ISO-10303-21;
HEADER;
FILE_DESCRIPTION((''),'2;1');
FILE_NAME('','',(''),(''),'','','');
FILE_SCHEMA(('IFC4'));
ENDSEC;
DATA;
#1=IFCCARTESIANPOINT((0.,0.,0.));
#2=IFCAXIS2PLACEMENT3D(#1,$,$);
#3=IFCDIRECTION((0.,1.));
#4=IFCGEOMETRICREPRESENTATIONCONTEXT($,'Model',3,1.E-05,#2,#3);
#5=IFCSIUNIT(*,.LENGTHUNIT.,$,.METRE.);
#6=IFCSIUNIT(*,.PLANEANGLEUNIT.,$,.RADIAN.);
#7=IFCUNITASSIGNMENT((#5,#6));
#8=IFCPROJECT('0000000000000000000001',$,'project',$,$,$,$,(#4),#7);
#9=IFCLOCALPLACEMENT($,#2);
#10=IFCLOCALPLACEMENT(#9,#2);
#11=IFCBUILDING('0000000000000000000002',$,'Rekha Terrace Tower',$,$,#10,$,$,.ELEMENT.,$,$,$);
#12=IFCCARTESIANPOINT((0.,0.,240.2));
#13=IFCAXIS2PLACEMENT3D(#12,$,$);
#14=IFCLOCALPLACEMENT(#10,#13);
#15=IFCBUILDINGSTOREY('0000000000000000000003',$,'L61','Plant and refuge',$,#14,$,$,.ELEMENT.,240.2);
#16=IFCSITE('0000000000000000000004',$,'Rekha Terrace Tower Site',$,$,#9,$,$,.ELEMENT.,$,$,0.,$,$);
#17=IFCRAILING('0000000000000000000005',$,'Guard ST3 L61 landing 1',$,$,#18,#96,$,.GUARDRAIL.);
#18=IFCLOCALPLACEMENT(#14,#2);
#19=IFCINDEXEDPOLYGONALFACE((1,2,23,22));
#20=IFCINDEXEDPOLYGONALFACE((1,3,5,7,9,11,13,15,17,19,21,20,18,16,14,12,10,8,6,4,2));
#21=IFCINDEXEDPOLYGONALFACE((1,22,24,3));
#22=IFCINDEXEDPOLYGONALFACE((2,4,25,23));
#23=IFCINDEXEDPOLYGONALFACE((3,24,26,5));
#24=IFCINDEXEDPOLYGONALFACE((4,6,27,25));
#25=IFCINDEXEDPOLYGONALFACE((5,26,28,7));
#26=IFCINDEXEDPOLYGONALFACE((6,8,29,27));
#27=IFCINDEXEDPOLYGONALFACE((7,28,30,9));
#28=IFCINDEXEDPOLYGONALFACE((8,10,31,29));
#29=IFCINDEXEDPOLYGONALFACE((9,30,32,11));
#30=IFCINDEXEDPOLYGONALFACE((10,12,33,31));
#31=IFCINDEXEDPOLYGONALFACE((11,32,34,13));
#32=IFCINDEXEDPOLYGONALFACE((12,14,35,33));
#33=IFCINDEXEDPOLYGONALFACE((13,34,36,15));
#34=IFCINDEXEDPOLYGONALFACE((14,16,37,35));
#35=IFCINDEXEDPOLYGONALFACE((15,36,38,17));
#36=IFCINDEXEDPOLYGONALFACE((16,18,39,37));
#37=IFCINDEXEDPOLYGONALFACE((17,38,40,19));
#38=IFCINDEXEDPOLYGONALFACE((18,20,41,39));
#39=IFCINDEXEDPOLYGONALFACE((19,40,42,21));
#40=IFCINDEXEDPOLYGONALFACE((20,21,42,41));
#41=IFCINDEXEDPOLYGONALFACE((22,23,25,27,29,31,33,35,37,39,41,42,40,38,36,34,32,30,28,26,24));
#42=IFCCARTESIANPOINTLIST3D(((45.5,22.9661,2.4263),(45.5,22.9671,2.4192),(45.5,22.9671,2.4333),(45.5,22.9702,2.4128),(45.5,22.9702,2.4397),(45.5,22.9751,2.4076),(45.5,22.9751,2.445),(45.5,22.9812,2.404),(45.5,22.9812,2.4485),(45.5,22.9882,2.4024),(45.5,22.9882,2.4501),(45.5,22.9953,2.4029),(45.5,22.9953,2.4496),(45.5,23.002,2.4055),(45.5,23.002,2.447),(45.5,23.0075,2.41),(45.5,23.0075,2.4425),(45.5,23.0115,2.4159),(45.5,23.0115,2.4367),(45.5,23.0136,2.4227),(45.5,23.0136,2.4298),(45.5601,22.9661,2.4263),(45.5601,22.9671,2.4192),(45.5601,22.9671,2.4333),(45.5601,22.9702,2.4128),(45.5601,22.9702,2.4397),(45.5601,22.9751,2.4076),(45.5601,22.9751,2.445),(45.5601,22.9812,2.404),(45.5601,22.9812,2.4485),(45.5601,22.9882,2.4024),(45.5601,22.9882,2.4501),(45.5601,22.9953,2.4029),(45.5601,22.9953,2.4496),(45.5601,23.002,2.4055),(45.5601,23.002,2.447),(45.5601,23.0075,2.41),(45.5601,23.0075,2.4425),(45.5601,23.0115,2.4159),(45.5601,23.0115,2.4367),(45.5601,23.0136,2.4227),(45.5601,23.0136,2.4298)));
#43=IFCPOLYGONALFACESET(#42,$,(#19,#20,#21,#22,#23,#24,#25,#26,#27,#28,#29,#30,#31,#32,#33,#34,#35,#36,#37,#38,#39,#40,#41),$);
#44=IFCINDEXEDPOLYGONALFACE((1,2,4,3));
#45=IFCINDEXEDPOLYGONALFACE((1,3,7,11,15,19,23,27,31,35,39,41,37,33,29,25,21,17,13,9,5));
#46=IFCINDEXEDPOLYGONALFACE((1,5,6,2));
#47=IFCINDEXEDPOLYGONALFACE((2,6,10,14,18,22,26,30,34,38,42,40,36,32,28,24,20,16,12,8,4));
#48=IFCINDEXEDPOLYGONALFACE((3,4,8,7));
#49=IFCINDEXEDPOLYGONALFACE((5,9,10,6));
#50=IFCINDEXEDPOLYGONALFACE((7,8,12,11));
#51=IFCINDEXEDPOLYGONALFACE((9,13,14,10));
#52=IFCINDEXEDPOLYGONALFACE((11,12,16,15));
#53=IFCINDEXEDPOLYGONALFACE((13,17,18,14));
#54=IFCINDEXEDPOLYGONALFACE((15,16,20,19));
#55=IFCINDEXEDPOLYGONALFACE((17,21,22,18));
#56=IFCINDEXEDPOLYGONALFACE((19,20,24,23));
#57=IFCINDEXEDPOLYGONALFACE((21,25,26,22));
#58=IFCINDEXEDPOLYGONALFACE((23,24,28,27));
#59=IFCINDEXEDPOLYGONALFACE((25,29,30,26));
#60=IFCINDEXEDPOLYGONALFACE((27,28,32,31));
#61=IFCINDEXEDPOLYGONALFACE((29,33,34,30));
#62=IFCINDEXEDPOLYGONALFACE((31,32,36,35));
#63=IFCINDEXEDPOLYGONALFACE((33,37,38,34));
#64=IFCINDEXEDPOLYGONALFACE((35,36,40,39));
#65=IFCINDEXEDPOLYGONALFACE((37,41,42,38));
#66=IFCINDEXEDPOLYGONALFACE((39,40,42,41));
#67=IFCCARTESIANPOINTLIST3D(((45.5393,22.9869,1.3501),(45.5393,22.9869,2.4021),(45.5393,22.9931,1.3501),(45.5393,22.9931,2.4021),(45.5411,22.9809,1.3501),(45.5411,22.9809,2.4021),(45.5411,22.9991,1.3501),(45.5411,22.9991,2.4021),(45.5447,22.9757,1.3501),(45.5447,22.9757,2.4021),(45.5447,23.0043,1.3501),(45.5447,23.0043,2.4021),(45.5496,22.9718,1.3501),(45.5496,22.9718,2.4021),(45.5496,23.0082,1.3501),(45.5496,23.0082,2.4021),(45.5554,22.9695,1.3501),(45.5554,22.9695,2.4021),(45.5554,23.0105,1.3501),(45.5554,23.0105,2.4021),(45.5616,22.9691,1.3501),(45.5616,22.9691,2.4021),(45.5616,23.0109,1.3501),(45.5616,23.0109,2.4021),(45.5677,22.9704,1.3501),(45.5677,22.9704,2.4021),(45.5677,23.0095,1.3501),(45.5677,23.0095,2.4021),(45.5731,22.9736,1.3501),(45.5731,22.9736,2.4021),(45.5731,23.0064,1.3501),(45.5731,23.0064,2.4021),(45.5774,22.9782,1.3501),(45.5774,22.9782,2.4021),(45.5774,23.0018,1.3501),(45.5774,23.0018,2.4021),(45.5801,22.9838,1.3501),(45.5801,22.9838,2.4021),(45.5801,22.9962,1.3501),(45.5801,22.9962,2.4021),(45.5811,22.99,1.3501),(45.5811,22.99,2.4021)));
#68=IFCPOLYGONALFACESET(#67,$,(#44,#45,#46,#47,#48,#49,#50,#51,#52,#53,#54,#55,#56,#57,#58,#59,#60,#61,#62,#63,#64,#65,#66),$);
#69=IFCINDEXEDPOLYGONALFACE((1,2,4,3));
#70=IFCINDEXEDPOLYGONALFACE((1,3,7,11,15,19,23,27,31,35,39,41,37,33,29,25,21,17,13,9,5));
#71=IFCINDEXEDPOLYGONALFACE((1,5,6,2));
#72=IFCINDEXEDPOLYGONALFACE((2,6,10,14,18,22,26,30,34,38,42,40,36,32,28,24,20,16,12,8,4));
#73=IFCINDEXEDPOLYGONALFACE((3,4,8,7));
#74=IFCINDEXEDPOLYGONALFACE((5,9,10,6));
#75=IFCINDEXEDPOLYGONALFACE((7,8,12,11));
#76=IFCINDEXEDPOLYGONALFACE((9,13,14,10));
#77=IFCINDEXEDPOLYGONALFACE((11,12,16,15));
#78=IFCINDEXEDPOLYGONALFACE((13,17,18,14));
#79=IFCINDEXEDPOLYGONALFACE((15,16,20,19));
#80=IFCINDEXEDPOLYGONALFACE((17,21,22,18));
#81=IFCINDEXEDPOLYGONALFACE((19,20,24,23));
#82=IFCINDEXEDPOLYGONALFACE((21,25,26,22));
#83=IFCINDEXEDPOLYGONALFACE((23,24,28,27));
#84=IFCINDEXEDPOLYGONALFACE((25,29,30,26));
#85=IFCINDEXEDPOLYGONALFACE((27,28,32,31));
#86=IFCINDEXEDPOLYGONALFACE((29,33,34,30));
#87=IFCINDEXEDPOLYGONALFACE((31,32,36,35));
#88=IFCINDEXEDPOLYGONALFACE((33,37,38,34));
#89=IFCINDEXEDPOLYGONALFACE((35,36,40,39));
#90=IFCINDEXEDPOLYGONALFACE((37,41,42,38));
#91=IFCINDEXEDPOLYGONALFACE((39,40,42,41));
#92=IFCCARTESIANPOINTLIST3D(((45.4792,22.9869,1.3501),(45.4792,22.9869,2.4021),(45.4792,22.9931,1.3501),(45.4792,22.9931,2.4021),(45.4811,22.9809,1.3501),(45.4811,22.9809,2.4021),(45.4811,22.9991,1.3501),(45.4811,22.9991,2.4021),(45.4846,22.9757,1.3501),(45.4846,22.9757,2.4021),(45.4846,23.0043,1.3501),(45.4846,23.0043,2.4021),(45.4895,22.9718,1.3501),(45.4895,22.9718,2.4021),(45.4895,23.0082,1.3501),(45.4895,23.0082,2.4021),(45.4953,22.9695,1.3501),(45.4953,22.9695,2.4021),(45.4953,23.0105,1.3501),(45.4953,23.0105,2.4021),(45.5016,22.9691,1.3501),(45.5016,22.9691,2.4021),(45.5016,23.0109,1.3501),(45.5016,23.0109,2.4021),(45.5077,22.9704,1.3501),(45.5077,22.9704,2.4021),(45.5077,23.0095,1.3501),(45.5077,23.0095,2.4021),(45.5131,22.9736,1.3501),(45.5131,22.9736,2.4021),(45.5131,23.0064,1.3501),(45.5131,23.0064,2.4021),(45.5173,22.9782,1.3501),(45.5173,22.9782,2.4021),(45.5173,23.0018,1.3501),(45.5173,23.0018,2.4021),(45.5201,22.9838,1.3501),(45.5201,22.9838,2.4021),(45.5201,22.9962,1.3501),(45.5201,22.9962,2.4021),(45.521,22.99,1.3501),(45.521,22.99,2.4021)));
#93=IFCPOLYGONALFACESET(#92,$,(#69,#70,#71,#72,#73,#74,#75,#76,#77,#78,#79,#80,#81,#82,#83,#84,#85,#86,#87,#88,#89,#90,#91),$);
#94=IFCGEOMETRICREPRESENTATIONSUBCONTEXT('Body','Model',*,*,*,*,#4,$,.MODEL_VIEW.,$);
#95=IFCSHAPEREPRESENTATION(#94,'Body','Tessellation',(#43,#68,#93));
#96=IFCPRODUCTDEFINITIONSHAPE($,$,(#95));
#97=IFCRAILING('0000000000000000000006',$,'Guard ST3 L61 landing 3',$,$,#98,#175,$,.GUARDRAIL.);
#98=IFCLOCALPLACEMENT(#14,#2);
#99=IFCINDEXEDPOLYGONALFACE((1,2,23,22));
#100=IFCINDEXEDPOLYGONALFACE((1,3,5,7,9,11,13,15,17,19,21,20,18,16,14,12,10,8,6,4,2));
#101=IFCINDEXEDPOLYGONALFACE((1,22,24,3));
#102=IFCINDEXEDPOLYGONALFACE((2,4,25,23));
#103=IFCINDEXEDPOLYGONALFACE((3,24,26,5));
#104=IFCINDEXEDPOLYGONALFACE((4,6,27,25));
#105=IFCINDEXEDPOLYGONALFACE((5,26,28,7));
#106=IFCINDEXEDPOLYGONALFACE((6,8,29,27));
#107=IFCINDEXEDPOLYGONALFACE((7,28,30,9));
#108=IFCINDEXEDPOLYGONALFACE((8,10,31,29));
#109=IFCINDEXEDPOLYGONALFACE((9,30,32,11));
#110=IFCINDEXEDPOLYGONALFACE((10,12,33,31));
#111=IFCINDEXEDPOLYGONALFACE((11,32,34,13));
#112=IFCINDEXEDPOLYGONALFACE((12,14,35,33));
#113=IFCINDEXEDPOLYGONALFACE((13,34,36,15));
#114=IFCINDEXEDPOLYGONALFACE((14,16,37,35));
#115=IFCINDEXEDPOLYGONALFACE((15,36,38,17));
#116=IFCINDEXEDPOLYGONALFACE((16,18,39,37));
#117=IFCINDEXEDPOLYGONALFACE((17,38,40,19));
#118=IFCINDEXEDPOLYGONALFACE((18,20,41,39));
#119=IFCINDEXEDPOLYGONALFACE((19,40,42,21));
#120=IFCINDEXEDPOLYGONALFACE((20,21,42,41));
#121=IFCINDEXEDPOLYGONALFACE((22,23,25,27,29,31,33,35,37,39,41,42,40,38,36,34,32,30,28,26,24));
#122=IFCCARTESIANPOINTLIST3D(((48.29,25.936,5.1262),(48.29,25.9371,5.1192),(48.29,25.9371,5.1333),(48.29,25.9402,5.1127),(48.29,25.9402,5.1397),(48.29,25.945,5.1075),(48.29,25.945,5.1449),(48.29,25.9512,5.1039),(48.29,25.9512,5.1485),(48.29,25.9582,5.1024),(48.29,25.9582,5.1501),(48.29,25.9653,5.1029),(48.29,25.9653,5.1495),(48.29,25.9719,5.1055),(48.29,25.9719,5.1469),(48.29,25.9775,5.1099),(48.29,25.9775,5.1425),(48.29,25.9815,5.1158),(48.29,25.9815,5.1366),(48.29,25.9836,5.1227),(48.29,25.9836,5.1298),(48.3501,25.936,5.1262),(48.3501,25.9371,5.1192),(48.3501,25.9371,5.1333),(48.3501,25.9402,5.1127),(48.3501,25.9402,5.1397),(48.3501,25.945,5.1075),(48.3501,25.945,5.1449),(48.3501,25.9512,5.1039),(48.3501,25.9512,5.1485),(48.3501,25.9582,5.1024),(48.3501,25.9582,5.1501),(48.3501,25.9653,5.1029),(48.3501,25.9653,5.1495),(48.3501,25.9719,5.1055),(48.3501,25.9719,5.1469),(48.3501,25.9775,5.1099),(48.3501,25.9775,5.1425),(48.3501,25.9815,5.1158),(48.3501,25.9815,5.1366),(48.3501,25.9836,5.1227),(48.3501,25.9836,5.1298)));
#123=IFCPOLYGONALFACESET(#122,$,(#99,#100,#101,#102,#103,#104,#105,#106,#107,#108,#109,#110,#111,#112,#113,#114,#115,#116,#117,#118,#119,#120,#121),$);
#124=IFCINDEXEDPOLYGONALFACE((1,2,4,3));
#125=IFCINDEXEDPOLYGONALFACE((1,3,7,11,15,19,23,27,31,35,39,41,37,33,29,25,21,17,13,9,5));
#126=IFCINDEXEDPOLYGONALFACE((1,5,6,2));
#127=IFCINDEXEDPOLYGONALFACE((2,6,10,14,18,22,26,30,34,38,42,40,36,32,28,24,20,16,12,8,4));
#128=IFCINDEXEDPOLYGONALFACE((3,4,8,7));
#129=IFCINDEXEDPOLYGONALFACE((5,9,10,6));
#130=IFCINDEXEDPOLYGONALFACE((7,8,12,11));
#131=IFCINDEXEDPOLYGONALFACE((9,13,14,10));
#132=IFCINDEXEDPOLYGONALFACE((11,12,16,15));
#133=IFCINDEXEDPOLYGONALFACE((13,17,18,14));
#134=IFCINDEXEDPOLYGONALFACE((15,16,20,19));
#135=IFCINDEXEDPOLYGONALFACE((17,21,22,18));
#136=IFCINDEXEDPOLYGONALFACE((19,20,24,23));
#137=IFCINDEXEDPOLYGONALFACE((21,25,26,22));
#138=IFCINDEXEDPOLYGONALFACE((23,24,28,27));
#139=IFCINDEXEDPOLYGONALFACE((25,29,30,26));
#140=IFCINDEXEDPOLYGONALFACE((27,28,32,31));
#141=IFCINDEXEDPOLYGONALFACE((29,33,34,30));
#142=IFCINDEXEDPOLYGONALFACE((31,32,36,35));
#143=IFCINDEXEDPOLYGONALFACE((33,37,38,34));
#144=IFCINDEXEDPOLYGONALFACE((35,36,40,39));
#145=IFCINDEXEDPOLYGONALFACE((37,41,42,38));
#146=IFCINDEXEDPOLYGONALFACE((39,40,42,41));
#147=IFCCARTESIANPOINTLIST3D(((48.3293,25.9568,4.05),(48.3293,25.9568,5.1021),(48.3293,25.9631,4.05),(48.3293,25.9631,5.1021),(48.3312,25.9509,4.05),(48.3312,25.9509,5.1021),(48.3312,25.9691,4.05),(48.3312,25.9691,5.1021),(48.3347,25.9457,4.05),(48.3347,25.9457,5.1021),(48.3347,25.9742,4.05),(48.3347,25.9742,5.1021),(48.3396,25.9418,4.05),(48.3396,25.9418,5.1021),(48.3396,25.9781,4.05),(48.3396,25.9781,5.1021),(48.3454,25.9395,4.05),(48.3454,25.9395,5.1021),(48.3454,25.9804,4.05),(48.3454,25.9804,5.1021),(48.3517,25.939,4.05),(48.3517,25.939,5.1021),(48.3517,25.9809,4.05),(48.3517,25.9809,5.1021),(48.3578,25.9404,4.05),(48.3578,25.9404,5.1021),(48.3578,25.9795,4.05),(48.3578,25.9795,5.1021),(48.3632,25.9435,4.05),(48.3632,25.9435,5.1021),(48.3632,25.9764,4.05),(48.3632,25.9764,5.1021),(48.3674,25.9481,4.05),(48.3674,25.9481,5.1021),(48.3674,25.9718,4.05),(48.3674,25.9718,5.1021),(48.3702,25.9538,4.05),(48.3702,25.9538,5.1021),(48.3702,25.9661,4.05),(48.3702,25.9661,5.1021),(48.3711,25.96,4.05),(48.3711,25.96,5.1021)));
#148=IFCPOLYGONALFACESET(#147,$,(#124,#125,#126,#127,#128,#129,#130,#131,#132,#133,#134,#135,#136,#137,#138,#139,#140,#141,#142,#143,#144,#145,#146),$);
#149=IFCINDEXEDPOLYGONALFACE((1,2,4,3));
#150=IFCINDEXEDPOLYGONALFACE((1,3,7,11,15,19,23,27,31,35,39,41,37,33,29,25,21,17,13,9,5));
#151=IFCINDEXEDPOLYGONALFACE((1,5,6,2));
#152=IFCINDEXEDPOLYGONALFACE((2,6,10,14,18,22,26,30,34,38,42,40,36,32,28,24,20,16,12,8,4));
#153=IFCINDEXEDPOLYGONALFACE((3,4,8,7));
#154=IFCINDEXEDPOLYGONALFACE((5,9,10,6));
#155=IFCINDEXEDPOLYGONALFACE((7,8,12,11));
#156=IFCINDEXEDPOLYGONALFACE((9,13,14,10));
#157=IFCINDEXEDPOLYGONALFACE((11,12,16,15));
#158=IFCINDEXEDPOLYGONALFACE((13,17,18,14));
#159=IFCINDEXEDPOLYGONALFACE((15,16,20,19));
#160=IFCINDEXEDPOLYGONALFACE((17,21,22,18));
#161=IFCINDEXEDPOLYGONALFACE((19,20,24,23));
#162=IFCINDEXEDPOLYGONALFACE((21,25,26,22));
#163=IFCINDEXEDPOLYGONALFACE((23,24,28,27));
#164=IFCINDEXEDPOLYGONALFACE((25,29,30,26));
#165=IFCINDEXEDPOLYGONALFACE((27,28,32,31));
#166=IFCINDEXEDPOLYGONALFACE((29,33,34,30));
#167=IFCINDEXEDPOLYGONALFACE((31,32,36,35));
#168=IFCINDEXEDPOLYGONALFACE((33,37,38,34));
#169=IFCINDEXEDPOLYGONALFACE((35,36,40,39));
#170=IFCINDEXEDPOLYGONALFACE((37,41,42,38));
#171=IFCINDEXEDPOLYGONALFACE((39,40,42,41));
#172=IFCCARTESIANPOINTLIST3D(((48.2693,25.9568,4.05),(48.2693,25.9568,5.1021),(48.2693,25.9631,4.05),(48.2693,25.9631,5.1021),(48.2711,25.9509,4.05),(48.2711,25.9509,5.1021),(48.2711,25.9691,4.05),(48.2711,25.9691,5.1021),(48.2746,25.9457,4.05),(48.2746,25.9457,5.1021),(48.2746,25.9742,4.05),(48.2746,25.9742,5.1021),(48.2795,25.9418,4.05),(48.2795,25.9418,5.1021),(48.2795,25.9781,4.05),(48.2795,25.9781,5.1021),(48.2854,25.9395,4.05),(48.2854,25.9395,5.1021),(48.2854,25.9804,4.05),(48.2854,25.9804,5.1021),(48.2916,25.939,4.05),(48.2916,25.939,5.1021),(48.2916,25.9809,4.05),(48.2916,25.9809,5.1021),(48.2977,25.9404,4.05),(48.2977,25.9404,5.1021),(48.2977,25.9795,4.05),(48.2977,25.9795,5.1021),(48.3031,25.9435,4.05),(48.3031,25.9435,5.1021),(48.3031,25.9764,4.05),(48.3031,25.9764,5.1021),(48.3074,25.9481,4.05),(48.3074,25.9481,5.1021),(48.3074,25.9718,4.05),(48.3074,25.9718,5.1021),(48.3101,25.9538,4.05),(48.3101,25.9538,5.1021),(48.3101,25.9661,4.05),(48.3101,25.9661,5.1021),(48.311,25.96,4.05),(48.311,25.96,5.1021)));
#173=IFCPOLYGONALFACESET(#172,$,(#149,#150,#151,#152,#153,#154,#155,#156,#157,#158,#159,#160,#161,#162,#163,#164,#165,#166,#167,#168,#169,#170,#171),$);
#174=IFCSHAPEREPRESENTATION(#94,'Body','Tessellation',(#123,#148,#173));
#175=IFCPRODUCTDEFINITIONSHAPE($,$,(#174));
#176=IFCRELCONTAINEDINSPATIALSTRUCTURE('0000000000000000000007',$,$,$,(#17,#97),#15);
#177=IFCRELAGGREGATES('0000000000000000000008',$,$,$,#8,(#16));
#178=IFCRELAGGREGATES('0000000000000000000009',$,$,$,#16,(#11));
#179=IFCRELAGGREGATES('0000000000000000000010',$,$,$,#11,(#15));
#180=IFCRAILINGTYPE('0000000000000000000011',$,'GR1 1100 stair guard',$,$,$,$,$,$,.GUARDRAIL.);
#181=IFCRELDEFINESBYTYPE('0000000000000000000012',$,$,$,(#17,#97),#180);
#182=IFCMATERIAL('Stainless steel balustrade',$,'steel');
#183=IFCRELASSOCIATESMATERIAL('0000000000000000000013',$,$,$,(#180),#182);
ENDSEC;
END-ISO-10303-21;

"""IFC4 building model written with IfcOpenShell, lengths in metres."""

from ifc_helpers import new_model, si_unit, direction, frame, origin, origin_2d, place, context, subcontext, project, spatial, circle, extrude, material, type_object, element, save


model = new_model("IFC4")

# Units and contexts
model_context = context("Model", 3, precision=1e-05, world=origin(), true_north=direction((0.0, 1.0)))
body_context = subcontext(model_context, "Body", "Model", "MODEL_VIEW")
ifc_project = project(units=[si_unit("LENGTHUNIT", "METRE"), si_unit("PLANEANGLEUNIT", "RADIAN")], contexts=[model_context])

# Site, building, storey
site_placement = place(None, origin())
site = spatial("IfcSite", under=ifc_project, at=site_placement, Name="Rekha Terrace Tower Site", CompositionType="ELEMENT", RefElevation=0.0)
building_placement = place(site_placement, origin())
building = spatial("IfcBuilding", under=site, at=building_placement, Name="Rekha Terrace Tower", CompositionType="ELEMENT")
storey_placement = place(building_placement, frame((0.0, 0.0, 240.2)))
storey = spatial("IfcBuildingStorey", under=building, at=storey_placement, Name="L61", Description="Plant and refuge", CompositionType="ELEMENT", Elevation=240.2)

# Railings
ifc_material_1 = material(Name="Stainless steel balustrade", Category="steel")
railing_type_1 = type_object("IfcRailingType", Name="GR1 1100 stair guard", PredefinedType="GUARDRAIL", material=ifc_material_1)
for number, where, name in (
    (1, (45.5601, 22.99, 1.3501), "Guard ST3 L61 landing 1"),
    (2, (48.3501, 25.96, 4.05), "Guard ST3 L61 landing 3"),
):
    element("IfcRailing", number, at=place(storey_placement, frame(where)), inside=storey, type_object=railing_type_1, Name=name, PredefinedType="GUARDRAIL", context=body_context, shape_type="SweptSolid", body=[
        extrude(circle(Radius=0.0239, at=origin_2d()), frame((0.0, 0.0, 1.0762), z_axis=(-1.0, 0.0, 0.0), x_axis=(0.0, -1.0, 0.0)), (0.0, 0.0, 1.0), 0.0601),
        extrude(circle(Radius=0.021, at=origin_2d()), origin(), (0.0, 0.0, 1.0), 1.052),
        extrude(circle(Radius=0.021, at=origin_2d()), frame((-0.0601, 0.0, 0.0)), (0.0, 0.0, 1.0), 1.052),
    ])

save(model, "model.ifc")
